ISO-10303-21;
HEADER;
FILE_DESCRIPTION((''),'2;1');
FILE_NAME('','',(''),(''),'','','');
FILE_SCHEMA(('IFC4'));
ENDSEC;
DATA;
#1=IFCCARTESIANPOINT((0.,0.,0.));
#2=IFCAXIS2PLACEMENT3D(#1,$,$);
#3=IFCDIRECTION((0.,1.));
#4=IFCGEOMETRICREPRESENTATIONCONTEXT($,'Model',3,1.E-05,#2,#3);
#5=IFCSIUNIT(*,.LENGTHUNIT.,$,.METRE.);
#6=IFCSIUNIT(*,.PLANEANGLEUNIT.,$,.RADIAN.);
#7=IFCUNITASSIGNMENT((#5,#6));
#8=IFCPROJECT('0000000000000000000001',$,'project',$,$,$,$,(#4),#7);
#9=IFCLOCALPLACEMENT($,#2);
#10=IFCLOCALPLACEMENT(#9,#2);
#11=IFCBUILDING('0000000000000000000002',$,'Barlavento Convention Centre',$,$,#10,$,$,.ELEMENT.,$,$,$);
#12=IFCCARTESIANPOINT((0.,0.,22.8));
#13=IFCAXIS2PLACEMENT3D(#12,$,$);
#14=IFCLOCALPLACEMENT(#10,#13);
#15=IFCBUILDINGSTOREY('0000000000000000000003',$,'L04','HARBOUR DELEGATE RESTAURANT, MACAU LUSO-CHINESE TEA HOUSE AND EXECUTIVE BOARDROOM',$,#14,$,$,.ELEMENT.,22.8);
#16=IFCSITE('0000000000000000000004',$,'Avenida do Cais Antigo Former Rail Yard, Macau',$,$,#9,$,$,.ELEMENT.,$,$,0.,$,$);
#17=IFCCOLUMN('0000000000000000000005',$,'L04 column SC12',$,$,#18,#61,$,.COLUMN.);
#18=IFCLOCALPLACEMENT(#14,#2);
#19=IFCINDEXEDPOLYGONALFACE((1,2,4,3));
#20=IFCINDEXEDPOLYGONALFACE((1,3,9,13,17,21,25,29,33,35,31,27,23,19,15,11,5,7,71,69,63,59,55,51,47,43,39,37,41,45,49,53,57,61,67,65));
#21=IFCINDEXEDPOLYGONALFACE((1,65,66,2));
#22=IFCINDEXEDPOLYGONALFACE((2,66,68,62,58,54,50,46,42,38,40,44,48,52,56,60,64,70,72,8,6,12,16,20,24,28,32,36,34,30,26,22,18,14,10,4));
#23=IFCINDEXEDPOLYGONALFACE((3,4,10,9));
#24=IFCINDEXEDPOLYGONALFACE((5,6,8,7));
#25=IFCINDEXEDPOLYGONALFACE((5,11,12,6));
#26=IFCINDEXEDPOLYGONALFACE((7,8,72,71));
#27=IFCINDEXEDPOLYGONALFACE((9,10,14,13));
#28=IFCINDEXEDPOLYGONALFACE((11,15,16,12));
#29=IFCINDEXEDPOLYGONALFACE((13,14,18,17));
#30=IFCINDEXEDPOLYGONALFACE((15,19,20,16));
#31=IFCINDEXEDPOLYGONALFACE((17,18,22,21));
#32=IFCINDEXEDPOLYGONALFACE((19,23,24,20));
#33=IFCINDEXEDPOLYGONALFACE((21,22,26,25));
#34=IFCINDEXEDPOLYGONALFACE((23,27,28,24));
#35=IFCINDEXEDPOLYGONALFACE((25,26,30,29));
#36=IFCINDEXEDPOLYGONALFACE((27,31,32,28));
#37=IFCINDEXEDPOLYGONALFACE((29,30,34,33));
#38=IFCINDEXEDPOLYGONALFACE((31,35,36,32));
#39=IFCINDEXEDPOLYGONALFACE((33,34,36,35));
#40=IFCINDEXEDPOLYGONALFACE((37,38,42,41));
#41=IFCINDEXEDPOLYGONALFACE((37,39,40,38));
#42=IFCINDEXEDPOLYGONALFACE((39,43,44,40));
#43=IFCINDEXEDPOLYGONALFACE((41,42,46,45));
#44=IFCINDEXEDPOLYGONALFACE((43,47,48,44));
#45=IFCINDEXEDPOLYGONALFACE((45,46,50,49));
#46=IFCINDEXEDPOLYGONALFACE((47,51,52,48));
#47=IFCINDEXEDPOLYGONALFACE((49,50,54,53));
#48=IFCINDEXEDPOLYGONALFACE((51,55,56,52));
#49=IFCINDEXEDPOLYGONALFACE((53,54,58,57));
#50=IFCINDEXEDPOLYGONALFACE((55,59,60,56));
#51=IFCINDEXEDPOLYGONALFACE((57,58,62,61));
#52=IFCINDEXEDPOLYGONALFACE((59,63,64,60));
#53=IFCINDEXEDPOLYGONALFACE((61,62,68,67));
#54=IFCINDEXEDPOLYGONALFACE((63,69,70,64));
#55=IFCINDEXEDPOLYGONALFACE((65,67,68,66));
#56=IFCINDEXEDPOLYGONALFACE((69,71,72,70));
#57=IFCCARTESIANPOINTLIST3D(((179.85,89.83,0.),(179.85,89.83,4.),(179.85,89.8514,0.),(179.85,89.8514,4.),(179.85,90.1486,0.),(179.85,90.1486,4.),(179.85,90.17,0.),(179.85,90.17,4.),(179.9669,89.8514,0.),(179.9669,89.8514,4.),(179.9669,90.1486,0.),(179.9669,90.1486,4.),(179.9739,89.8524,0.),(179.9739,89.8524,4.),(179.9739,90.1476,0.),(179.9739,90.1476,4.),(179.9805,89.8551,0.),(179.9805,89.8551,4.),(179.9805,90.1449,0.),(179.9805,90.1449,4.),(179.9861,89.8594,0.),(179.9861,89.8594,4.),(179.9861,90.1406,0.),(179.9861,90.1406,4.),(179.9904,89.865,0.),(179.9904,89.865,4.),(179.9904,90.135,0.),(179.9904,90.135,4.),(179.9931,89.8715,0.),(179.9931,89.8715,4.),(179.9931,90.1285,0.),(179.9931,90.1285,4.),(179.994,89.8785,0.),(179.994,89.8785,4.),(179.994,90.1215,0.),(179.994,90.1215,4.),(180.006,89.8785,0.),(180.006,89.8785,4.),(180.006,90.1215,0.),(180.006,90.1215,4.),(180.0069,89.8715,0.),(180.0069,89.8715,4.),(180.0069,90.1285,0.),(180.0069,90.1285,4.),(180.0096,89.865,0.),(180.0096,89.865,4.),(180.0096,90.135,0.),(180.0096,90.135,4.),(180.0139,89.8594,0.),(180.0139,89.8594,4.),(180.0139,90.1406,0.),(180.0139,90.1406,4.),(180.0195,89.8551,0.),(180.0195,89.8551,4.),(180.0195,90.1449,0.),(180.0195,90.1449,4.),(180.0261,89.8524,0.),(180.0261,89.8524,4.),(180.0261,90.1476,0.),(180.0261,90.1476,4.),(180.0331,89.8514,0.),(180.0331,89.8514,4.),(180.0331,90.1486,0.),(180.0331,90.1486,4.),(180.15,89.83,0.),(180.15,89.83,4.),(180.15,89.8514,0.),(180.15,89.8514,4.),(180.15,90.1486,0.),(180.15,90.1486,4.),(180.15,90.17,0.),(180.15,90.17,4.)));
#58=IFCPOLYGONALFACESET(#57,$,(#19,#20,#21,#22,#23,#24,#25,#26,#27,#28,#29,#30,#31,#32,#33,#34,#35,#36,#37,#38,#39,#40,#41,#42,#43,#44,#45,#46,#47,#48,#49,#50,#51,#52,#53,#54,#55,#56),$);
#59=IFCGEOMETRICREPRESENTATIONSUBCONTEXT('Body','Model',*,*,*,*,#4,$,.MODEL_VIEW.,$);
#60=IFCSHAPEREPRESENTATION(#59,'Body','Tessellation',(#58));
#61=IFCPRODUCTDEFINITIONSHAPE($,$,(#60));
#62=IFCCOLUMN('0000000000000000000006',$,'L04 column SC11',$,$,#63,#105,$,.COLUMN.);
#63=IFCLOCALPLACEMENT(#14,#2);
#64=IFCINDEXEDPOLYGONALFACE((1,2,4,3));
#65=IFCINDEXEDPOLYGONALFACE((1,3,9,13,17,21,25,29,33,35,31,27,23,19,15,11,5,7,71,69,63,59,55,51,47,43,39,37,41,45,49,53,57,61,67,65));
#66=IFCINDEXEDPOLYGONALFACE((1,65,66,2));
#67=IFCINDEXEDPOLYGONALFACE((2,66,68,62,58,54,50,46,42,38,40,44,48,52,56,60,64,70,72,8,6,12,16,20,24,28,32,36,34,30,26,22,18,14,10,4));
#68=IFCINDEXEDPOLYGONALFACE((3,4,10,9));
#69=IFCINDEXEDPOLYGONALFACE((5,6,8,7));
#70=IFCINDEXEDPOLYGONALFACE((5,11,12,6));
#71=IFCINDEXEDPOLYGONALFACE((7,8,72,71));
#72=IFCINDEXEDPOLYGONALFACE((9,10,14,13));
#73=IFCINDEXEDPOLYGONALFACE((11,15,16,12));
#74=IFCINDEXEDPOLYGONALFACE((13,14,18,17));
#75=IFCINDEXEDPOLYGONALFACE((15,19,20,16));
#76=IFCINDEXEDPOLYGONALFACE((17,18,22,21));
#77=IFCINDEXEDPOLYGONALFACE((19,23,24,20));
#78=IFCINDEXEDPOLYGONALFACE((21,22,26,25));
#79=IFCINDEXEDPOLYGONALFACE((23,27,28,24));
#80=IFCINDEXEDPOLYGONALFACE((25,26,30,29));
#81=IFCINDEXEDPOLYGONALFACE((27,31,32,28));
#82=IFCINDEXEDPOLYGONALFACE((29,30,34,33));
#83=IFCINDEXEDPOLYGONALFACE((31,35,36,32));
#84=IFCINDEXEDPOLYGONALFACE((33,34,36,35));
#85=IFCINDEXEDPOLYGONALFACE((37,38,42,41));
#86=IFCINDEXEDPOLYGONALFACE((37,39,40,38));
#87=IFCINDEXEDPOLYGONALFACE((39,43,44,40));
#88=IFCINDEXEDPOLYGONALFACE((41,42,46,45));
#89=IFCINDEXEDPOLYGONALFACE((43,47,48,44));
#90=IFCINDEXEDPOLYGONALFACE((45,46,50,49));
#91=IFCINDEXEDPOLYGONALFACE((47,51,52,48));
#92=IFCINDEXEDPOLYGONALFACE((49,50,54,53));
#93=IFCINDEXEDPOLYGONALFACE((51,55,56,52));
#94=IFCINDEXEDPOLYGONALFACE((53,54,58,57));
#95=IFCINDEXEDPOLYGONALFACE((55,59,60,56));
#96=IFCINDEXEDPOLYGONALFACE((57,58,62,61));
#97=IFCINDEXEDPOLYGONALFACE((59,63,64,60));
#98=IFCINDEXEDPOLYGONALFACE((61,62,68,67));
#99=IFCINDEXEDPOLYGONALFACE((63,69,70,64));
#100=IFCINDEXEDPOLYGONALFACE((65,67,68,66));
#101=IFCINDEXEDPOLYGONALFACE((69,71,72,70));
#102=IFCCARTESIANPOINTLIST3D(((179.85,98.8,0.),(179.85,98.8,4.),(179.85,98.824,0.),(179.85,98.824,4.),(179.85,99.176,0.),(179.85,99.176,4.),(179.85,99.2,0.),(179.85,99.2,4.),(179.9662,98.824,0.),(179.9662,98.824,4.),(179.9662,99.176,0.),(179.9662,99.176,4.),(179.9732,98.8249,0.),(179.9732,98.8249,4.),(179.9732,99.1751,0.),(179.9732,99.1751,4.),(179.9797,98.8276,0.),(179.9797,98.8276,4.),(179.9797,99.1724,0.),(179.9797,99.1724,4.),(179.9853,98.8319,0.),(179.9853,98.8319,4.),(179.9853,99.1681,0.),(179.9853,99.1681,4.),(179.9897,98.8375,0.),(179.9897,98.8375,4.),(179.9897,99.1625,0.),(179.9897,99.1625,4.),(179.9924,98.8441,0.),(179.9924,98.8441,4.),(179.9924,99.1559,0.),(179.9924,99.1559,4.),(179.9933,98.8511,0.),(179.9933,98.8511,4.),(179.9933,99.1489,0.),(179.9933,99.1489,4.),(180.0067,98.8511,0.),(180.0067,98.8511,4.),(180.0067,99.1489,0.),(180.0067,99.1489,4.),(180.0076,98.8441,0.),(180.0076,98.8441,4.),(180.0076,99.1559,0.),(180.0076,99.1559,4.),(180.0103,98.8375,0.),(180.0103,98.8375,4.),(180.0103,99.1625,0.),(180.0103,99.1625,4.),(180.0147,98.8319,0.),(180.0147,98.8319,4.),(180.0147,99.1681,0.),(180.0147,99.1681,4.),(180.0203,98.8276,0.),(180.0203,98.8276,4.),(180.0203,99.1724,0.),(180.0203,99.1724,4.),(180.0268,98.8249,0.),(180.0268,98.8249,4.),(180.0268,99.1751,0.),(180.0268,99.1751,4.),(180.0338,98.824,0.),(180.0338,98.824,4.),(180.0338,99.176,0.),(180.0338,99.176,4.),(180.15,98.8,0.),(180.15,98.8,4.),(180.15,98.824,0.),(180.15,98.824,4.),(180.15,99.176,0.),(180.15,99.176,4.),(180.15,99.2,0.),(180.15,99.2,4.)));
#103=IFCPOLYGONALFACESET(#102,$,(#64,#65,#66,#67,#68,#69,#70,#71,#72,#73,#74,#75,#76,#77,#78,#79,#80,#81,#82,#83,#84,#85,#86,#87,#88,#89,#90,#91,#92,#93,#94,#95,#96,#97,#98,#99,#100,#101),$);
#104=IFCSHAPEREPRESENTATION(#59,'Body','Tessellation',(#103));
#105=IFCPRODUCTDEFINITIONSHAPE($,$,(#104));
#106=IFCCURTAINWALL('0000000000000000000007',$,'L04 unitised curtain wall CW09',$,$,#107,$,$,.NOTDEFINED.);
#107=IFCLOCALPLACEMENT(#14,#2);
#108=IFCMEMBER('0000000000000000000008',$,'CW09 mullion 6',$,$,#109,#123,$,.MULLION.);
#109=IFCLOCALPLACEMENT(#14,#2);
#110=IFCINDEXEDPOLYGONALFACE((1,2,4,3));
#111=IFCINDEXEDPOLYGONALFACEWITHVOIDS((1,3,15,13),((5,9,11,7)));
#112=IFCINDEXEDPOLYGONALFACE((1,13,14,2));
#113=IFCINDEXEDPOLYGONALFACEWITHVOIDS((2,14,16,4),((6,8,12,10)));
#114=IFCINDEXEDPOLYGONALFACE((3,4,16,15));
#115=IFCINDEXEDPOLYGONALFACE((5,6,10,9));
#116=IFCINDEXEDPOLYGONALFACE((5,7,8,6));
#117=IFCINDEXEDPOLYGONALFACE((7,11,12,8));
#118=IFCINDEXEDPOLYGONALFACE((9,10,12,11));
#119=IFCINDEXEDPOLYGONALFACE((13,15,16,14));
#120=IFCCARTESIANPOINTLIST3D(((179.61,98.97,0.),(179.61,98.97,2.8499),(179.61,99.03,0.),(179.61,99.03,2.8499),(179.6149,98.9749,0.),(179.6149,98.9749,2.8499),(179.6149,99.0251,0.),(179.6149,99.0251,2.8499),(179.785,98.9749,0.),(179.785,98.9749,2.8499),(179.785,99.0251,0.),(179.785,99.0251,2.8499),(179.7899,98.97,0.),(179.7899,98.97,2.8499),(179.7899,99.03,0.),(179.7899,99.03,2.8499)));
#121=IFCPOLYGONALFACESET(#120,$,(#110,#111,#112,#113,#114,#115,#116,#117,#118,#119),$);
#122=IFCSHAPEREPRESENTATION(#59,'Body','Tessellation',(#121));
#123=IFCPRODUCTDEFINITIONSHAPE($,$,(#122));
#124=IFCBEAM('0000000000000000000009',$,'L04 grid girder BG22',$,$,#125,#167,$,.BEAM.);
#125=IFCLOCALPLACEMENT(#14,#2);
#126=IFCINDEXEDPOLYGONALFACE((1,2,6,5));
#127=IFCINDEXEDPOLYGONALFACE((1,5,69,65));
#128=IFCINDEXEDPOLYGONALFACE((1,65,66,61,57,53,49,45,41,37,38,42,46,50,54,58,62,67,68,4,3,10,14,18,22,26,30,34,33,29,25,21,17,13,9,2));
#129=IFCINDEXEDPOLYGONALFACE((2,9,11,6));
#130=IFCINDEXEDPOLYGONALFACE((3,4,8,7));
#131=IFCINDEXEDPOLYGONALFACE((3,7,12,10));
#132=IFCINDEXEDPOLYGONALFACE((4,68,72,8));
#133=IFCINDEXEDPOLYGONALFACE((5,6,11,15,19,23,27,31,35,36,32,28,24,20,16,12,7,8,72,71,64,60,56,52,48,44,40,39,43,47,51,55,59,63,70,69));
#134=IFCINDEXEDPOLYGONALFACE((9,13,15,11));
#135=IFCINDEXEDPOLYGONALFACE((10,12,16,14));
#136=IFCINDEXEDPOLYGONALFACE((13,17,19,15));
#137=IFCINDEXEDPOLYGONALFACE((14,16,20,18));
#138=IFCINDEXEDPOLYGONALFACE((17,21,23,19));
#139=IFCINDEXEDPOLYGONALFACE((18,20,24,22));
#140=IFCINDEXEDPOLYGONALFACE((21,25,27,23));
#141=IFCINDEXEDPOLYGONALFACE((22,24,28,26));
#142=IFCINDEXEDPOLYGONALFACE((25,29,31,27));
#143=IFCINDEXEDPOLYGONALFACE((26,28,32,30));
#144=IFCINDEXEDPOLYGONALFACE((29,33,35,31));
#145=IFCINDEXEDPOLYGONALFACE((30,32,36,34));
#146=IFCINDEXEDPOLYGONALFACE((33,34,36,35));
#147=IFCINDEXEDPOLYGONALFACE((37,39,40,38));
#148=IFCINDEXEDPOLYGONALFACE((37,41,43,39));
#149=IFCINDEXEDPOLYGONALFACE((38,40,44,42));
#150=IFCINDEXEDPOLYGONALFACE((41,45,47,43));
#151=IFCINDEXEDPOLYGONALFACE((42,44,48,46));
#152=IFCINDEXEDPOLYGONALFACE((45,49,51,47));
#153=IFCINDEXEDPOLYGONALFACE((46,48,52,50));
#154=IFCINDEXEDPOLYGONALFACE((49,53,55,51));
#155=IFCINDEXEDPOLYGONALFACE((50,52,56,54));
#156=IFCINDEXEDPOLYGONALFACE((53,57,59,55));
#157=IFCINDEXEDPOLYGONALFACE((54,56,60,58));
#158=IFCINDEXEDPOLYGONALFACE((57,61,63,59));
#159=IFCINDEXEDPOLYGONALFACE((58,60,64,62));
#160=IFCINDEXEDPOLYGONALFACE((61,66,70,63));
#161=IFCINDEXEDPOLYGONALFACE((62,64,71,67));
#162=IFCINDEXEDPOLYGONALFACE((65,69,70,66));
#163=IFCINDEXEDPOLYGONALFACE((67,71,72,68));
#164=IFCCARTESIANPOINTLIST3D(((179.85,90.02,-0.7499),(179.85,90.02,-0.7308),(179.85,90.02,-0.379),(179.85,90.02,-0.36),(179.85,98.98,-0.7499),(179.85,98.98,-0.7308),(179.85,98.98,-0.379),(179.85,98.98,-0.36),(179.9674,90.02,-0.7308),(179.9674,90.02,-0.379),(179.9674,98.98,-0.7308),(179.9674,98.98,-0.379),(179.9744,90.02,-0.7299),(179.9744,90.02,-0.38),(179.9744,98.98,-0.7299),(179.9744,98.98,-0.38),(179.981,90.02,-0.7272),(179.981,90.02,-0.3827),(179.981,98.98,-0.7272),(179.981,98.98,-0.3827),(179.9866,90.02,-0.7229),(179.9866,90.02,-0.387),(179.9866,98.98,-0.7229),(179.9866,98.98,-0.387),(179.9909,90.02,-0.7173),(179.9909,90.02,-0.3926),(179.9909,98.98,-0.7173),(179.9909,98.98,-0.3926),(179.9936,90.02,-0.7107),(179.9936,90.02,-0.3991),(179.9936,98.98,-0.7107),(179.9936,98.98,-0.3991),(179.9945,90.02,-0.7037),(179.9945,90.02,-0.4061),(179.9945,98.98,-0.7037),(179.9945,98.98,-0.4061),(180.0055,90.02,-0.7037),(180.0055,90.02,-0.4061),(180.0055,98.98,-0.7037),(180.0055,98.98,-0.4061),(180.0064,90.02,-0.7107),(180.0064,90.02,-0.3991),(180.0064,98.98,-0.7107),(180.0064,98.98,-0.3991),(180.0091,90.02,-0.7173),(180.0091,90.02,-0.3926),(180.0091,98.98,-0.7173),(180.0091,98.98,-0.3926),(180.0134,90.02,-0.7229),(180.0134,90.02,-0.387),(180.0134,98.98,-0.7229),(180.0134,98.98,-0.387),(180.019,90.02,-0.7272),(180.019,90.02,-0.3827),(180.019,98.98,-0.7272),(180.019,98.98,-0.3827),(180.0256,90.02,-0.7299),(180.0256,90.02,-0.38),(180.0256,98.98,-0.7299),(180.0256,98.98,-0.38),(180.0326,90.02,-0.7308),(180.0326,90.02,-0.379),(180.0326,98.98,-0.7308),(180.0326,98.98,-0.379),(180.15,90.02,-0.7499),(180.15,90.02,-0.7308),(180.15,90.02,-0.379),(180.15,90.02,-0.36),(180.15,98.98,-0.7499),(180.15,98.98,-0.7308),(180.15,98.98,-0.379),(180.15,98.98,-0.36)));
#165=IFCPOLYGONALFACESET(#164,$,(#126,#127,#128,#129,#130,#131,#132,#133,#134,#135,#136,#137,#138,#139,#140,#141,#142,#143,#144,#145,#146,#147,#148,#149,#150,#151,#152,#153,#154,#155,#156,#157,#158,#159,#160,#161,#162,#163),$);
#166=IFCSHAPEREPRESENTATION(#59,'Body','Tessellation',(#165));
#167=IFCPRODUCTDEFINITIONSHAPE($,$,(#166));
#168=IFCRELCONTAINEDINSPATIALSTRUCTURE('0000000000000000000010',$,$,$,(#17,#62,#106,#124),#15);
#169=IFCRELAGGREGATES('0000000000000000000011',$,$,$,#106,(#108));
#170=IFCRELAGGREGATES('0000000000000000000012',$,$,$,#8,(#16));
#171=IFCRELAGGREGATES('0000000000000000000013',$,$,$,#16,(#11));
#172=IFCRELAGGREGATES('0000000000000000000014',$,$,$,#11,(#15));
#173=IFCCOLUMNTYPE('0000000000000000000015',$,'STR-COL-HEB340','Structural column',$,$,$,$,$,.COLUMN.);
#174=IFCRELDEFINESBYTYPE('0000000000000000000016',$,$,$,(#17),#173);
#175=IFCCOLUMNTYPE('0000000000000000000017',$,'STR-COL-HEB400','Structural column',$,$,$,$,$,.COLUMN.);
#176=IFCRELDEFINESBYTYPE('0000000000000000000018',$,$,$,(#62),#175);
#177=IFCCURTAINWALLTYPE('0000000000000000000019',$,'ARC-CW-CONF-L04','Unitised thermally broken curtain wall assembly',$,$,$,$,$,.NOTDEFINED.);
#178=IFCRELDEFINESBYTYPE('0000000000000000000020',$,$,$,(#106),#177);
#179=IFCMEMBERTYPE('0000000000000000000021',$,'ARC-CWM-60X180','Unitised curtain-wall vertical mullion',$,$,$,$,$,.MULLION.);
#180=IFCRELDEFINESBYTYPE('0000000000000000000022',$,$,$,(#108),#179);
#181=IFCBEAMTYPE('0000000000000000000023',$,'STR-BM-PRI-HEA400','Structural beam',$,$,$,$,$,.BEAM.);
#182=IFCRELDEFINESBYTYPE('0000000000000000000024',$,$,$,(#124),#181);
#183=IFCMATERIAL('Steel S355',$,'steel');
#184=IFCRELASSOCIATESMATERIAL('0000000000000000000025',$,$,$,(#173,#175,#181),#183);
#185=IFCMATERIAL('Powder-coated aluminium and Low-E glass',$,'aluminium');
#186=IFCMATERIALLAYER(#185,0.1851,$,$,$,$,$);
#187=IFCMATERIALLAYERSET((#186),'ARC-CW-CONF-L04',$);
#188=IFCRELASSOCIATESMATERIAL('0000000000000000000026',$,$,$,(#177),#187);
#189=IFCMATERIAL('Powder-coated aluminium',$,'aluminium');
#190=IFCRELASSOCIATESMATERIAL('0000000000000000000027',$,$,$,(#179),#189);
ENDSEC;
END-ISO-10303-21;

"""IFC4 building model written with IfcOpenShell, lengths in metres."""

from ifc_helpers import new_model, si_unit, direction, frame, origin, origin_2d, place, context, subcontext, project, spatial, hollow_rectangle, i_section, extrude, material, layer, layer_set, material_profile, profile_set, type_object, element, aggregate, save


model = new_model("IFC4")

# Units and contexts
model_context = context("Model", 3, precision=1e-05, world=origin(), true_north=direction((0.0, 1.0)))
body_context = subcontext(model_context, "Body", "Model", "MODEL_VIEW")
ifc_project = project(units=[si_unit("LENGTHUNIT", "METRE"), si_unit("PLANEANGLEUNIT", "RADIAN")], contexts=[model_context])

# Site, building, storey
site_placement = place(None, origin())
site = spatial("IfcSite", under=ifc_project, at=site_placement, Name="Avenida do Cais Antigo Former Rail Yard, Macau", CompositionType="ELEMENT", RefElevation=0.0)
building_placement = place(site_placement, origin())
building = spatial("IfcBuilding", under=site, at=building_placement, Name="Barlavento Convention Centre", CompositionType="ELEMENT")
storey_placement = place(building_placement, frame((0.0, 0.0, 22.8)))
storey = spatial("IfcBuildingStorey", under=building, at=storey_placement, Name="L04", Description="HARBOUR DELEGATE RESTAURANT, MACAU LUSO-CHINESE TEA HOUSE AND EXECUTIVE BOARDROOM", CompositionType="ELEMENT", Elevation=22.8)

# Columns
ifc_material_1 = material(Name="Steel S355", Category="steel")
ifc_material_profile_1 = material_profile(ifc_material_1, i_section(OverallWidth=0.3, OverallDepth=0.3401, WebThickness=0.012, FlangeThickness=0.0215, FilletRadius=0.0271, at=origin_2d()), Name="HEB 340")
ifc_profile_set_1 = profile_set([ifc_material_profile_1], Name="Steel S355")
column_type_1 = type_object("IfcColumnType", Name="STR-COL-HEB340", Description="Structural column", PredefinedType="COLUMN", material=ifc_profile_set_1)
column_1_placement = place(storey_placement, frame((180.0, 90.0, 0.0), z_axis=(0.0, 0.0, 1.0), x_axis=(1.0, 0.0, 0.0)))
element("IfcColumn", 1, at=column_1_placement, inside=storey, type_object=column_type_1, Name="L04 column SC12", PredefinedType="COLUMN", context=body_context, shape_type="SweptSolid", body=[
    extrude(i_section(OverallWidth=0.3, OverallDepth=0.3401, WebThickness=0.012, FlangeThickness=0.0215, FilletRadius=0.0271, at=origin_2d()), origin(), (0.0, 0.0, 1.0), 4.0),
])
ifc_material_profile_2 = material_profile(ifc_material_1, i_section(OverallWidth=0.3, OverallDepth=0.3999, WebThickness=0.0134, FlangeThickness=0.0239, FilletRadius=0.0271, at=origin_2d()), Name="HEB 400")
ifc_profile_set_2 = profile_set([ifc_material_profile_2], Name="Steel S355")
column_type_2 = type_object("IfcColumnType", Name="STR-COL-HEB400", Description="Structural column", PredefinedType="COLUMN", material=ifc_profile_set_2)
column_2_placement = place(storey_placement, frame((180.0, 99.0, 0.0), z_axis=(0.0, 0.0, 1.0), x_axis=(1.0, 0.0, 0.0)))
element("IfcColumn", 2, at=column_2_placement, inside=storey, type_object=column_type_2, Name="L04 column SC11", PredefinedType="COLUMN", context=body_context, shape_type="SweptSolid", body=[
    extrude(i_section(OverallWidth=0.3, OverallDepth=0.3999, WebThickness=0.0134, FlangeThickness=0.0239, FilletRadius=0.0271, at=origin_2d()), origin(), (0.0, 0.0, 1.0), 4.0),
])

# Curtain wall, member
ifc_material_2 = material(Name="Powder-coated aluminium and Low-E glass", Category="aluminium")
ifc_layer_1 = layer(ifc_material_2, 0.1851)
ifc_layer_set_1 = layer_set([ifc_layer_1], Name="ARC-CW-CONF-L04")
curtain_wall_type = type_object("IfcCurtainWallType", Name="ARC-CW-CONF-L04", Description="Unitised thermally broken curtain wall assembly", PredefinedType="NOTDEFINED", material=ifc_layer_set_1)
curtain_wall_placement = place(storey_placement, origin())
curtain_wall = element("IfcCurtainWall", 3, at=curtain_wall_placement, inside=storey, type_object=curtain_wall_type, Name="L04 unitised curtain wall CW09", PredefinedType="NOTDEFINED")
ifc_material_3 = material(Name="Powder-coated aluminium", Category="aluminium")
ifc_material_profile_3 = material_profile(ifc_material_3, hollow_rectangle(XDim=0.0601, YDim=0.1799, WallThickness=0.0049, at=origin_2d()), Name="AL-MULL 60x180x5")
ifc_profile_set_3 = profile_set([ifc_material_profile_3], Name="Powder-coated aluminium")
member_type = type_object("IfcMemberType", Name="ARC-CWM-60X180", Description="Unitised curtain-wall vertical mullion", PredefinedType="MULLION", material=ifc_profile_set_3)
member_placement = place(storey_placement, frame((179.7, 99.0, 0.0), z_axis=(0.0, 0.0, 1.0), x_axis=(0.0, 1.0, 0.0)))
member = element("IfcMember", 4, at=member_placement, type_object=member_type, Name="CW09 mullion 6", PredefinedType="MULLION", context=body_context, shape_type="SweptSolid", body=[
    extrude(hollow_rectangle(XDim=0.0601, YDim=0.1799, WallThickness=0.0049, at=origin_2d()), origin(), (0.0, 0.0, 1.0), 2.8499),
])

# Beam
ifc_material_profile_4 = material_profile(ifc_material_1, i_section(OverallWidth=0.3, OverallDepth=0.3899, WebThickness=0.011, FlangeThickness=0.019, FilletRadius=0.0271, at=origin_2d()), Name="HEA 400")
ifc_profile_set_4 = profile_set([ifc_material_profile_4], Name="Steel S355")
beam_type_1 = type_object("IfcBeamType", Name="STR-BM-PRI-HEA400", Description="Structural beam", PredefinedType="BEAM", material=ifc_profile_set_4)
beam_1_placement = place(storey_placement, frame((180.0, 90.02, -0.5549), z_axis=(0.0, 1.0, 0.0), x_axis=(-1.0, 0.0, 0.0)))
element("IfcBeam", 5, at=beam_1_placement, inside=storey, type_object=beam_type_1, Name="L04 grid girder BG22", PredefinedType="BEAM", context=body_context, shape_type="SweptSolid", body=[
    extrude(i_section(OverallWidth=0.3, OverallDepth=0.3899, WebThickness=0.011, FlangeThickness=0.019, FilletRadius=0.0271, at=origin_2d()), origin(), (0.0, 0.0, 1.0), 8.96),
])

aggregate(curtain_wall, [member])

save(model, "model.ifc")
